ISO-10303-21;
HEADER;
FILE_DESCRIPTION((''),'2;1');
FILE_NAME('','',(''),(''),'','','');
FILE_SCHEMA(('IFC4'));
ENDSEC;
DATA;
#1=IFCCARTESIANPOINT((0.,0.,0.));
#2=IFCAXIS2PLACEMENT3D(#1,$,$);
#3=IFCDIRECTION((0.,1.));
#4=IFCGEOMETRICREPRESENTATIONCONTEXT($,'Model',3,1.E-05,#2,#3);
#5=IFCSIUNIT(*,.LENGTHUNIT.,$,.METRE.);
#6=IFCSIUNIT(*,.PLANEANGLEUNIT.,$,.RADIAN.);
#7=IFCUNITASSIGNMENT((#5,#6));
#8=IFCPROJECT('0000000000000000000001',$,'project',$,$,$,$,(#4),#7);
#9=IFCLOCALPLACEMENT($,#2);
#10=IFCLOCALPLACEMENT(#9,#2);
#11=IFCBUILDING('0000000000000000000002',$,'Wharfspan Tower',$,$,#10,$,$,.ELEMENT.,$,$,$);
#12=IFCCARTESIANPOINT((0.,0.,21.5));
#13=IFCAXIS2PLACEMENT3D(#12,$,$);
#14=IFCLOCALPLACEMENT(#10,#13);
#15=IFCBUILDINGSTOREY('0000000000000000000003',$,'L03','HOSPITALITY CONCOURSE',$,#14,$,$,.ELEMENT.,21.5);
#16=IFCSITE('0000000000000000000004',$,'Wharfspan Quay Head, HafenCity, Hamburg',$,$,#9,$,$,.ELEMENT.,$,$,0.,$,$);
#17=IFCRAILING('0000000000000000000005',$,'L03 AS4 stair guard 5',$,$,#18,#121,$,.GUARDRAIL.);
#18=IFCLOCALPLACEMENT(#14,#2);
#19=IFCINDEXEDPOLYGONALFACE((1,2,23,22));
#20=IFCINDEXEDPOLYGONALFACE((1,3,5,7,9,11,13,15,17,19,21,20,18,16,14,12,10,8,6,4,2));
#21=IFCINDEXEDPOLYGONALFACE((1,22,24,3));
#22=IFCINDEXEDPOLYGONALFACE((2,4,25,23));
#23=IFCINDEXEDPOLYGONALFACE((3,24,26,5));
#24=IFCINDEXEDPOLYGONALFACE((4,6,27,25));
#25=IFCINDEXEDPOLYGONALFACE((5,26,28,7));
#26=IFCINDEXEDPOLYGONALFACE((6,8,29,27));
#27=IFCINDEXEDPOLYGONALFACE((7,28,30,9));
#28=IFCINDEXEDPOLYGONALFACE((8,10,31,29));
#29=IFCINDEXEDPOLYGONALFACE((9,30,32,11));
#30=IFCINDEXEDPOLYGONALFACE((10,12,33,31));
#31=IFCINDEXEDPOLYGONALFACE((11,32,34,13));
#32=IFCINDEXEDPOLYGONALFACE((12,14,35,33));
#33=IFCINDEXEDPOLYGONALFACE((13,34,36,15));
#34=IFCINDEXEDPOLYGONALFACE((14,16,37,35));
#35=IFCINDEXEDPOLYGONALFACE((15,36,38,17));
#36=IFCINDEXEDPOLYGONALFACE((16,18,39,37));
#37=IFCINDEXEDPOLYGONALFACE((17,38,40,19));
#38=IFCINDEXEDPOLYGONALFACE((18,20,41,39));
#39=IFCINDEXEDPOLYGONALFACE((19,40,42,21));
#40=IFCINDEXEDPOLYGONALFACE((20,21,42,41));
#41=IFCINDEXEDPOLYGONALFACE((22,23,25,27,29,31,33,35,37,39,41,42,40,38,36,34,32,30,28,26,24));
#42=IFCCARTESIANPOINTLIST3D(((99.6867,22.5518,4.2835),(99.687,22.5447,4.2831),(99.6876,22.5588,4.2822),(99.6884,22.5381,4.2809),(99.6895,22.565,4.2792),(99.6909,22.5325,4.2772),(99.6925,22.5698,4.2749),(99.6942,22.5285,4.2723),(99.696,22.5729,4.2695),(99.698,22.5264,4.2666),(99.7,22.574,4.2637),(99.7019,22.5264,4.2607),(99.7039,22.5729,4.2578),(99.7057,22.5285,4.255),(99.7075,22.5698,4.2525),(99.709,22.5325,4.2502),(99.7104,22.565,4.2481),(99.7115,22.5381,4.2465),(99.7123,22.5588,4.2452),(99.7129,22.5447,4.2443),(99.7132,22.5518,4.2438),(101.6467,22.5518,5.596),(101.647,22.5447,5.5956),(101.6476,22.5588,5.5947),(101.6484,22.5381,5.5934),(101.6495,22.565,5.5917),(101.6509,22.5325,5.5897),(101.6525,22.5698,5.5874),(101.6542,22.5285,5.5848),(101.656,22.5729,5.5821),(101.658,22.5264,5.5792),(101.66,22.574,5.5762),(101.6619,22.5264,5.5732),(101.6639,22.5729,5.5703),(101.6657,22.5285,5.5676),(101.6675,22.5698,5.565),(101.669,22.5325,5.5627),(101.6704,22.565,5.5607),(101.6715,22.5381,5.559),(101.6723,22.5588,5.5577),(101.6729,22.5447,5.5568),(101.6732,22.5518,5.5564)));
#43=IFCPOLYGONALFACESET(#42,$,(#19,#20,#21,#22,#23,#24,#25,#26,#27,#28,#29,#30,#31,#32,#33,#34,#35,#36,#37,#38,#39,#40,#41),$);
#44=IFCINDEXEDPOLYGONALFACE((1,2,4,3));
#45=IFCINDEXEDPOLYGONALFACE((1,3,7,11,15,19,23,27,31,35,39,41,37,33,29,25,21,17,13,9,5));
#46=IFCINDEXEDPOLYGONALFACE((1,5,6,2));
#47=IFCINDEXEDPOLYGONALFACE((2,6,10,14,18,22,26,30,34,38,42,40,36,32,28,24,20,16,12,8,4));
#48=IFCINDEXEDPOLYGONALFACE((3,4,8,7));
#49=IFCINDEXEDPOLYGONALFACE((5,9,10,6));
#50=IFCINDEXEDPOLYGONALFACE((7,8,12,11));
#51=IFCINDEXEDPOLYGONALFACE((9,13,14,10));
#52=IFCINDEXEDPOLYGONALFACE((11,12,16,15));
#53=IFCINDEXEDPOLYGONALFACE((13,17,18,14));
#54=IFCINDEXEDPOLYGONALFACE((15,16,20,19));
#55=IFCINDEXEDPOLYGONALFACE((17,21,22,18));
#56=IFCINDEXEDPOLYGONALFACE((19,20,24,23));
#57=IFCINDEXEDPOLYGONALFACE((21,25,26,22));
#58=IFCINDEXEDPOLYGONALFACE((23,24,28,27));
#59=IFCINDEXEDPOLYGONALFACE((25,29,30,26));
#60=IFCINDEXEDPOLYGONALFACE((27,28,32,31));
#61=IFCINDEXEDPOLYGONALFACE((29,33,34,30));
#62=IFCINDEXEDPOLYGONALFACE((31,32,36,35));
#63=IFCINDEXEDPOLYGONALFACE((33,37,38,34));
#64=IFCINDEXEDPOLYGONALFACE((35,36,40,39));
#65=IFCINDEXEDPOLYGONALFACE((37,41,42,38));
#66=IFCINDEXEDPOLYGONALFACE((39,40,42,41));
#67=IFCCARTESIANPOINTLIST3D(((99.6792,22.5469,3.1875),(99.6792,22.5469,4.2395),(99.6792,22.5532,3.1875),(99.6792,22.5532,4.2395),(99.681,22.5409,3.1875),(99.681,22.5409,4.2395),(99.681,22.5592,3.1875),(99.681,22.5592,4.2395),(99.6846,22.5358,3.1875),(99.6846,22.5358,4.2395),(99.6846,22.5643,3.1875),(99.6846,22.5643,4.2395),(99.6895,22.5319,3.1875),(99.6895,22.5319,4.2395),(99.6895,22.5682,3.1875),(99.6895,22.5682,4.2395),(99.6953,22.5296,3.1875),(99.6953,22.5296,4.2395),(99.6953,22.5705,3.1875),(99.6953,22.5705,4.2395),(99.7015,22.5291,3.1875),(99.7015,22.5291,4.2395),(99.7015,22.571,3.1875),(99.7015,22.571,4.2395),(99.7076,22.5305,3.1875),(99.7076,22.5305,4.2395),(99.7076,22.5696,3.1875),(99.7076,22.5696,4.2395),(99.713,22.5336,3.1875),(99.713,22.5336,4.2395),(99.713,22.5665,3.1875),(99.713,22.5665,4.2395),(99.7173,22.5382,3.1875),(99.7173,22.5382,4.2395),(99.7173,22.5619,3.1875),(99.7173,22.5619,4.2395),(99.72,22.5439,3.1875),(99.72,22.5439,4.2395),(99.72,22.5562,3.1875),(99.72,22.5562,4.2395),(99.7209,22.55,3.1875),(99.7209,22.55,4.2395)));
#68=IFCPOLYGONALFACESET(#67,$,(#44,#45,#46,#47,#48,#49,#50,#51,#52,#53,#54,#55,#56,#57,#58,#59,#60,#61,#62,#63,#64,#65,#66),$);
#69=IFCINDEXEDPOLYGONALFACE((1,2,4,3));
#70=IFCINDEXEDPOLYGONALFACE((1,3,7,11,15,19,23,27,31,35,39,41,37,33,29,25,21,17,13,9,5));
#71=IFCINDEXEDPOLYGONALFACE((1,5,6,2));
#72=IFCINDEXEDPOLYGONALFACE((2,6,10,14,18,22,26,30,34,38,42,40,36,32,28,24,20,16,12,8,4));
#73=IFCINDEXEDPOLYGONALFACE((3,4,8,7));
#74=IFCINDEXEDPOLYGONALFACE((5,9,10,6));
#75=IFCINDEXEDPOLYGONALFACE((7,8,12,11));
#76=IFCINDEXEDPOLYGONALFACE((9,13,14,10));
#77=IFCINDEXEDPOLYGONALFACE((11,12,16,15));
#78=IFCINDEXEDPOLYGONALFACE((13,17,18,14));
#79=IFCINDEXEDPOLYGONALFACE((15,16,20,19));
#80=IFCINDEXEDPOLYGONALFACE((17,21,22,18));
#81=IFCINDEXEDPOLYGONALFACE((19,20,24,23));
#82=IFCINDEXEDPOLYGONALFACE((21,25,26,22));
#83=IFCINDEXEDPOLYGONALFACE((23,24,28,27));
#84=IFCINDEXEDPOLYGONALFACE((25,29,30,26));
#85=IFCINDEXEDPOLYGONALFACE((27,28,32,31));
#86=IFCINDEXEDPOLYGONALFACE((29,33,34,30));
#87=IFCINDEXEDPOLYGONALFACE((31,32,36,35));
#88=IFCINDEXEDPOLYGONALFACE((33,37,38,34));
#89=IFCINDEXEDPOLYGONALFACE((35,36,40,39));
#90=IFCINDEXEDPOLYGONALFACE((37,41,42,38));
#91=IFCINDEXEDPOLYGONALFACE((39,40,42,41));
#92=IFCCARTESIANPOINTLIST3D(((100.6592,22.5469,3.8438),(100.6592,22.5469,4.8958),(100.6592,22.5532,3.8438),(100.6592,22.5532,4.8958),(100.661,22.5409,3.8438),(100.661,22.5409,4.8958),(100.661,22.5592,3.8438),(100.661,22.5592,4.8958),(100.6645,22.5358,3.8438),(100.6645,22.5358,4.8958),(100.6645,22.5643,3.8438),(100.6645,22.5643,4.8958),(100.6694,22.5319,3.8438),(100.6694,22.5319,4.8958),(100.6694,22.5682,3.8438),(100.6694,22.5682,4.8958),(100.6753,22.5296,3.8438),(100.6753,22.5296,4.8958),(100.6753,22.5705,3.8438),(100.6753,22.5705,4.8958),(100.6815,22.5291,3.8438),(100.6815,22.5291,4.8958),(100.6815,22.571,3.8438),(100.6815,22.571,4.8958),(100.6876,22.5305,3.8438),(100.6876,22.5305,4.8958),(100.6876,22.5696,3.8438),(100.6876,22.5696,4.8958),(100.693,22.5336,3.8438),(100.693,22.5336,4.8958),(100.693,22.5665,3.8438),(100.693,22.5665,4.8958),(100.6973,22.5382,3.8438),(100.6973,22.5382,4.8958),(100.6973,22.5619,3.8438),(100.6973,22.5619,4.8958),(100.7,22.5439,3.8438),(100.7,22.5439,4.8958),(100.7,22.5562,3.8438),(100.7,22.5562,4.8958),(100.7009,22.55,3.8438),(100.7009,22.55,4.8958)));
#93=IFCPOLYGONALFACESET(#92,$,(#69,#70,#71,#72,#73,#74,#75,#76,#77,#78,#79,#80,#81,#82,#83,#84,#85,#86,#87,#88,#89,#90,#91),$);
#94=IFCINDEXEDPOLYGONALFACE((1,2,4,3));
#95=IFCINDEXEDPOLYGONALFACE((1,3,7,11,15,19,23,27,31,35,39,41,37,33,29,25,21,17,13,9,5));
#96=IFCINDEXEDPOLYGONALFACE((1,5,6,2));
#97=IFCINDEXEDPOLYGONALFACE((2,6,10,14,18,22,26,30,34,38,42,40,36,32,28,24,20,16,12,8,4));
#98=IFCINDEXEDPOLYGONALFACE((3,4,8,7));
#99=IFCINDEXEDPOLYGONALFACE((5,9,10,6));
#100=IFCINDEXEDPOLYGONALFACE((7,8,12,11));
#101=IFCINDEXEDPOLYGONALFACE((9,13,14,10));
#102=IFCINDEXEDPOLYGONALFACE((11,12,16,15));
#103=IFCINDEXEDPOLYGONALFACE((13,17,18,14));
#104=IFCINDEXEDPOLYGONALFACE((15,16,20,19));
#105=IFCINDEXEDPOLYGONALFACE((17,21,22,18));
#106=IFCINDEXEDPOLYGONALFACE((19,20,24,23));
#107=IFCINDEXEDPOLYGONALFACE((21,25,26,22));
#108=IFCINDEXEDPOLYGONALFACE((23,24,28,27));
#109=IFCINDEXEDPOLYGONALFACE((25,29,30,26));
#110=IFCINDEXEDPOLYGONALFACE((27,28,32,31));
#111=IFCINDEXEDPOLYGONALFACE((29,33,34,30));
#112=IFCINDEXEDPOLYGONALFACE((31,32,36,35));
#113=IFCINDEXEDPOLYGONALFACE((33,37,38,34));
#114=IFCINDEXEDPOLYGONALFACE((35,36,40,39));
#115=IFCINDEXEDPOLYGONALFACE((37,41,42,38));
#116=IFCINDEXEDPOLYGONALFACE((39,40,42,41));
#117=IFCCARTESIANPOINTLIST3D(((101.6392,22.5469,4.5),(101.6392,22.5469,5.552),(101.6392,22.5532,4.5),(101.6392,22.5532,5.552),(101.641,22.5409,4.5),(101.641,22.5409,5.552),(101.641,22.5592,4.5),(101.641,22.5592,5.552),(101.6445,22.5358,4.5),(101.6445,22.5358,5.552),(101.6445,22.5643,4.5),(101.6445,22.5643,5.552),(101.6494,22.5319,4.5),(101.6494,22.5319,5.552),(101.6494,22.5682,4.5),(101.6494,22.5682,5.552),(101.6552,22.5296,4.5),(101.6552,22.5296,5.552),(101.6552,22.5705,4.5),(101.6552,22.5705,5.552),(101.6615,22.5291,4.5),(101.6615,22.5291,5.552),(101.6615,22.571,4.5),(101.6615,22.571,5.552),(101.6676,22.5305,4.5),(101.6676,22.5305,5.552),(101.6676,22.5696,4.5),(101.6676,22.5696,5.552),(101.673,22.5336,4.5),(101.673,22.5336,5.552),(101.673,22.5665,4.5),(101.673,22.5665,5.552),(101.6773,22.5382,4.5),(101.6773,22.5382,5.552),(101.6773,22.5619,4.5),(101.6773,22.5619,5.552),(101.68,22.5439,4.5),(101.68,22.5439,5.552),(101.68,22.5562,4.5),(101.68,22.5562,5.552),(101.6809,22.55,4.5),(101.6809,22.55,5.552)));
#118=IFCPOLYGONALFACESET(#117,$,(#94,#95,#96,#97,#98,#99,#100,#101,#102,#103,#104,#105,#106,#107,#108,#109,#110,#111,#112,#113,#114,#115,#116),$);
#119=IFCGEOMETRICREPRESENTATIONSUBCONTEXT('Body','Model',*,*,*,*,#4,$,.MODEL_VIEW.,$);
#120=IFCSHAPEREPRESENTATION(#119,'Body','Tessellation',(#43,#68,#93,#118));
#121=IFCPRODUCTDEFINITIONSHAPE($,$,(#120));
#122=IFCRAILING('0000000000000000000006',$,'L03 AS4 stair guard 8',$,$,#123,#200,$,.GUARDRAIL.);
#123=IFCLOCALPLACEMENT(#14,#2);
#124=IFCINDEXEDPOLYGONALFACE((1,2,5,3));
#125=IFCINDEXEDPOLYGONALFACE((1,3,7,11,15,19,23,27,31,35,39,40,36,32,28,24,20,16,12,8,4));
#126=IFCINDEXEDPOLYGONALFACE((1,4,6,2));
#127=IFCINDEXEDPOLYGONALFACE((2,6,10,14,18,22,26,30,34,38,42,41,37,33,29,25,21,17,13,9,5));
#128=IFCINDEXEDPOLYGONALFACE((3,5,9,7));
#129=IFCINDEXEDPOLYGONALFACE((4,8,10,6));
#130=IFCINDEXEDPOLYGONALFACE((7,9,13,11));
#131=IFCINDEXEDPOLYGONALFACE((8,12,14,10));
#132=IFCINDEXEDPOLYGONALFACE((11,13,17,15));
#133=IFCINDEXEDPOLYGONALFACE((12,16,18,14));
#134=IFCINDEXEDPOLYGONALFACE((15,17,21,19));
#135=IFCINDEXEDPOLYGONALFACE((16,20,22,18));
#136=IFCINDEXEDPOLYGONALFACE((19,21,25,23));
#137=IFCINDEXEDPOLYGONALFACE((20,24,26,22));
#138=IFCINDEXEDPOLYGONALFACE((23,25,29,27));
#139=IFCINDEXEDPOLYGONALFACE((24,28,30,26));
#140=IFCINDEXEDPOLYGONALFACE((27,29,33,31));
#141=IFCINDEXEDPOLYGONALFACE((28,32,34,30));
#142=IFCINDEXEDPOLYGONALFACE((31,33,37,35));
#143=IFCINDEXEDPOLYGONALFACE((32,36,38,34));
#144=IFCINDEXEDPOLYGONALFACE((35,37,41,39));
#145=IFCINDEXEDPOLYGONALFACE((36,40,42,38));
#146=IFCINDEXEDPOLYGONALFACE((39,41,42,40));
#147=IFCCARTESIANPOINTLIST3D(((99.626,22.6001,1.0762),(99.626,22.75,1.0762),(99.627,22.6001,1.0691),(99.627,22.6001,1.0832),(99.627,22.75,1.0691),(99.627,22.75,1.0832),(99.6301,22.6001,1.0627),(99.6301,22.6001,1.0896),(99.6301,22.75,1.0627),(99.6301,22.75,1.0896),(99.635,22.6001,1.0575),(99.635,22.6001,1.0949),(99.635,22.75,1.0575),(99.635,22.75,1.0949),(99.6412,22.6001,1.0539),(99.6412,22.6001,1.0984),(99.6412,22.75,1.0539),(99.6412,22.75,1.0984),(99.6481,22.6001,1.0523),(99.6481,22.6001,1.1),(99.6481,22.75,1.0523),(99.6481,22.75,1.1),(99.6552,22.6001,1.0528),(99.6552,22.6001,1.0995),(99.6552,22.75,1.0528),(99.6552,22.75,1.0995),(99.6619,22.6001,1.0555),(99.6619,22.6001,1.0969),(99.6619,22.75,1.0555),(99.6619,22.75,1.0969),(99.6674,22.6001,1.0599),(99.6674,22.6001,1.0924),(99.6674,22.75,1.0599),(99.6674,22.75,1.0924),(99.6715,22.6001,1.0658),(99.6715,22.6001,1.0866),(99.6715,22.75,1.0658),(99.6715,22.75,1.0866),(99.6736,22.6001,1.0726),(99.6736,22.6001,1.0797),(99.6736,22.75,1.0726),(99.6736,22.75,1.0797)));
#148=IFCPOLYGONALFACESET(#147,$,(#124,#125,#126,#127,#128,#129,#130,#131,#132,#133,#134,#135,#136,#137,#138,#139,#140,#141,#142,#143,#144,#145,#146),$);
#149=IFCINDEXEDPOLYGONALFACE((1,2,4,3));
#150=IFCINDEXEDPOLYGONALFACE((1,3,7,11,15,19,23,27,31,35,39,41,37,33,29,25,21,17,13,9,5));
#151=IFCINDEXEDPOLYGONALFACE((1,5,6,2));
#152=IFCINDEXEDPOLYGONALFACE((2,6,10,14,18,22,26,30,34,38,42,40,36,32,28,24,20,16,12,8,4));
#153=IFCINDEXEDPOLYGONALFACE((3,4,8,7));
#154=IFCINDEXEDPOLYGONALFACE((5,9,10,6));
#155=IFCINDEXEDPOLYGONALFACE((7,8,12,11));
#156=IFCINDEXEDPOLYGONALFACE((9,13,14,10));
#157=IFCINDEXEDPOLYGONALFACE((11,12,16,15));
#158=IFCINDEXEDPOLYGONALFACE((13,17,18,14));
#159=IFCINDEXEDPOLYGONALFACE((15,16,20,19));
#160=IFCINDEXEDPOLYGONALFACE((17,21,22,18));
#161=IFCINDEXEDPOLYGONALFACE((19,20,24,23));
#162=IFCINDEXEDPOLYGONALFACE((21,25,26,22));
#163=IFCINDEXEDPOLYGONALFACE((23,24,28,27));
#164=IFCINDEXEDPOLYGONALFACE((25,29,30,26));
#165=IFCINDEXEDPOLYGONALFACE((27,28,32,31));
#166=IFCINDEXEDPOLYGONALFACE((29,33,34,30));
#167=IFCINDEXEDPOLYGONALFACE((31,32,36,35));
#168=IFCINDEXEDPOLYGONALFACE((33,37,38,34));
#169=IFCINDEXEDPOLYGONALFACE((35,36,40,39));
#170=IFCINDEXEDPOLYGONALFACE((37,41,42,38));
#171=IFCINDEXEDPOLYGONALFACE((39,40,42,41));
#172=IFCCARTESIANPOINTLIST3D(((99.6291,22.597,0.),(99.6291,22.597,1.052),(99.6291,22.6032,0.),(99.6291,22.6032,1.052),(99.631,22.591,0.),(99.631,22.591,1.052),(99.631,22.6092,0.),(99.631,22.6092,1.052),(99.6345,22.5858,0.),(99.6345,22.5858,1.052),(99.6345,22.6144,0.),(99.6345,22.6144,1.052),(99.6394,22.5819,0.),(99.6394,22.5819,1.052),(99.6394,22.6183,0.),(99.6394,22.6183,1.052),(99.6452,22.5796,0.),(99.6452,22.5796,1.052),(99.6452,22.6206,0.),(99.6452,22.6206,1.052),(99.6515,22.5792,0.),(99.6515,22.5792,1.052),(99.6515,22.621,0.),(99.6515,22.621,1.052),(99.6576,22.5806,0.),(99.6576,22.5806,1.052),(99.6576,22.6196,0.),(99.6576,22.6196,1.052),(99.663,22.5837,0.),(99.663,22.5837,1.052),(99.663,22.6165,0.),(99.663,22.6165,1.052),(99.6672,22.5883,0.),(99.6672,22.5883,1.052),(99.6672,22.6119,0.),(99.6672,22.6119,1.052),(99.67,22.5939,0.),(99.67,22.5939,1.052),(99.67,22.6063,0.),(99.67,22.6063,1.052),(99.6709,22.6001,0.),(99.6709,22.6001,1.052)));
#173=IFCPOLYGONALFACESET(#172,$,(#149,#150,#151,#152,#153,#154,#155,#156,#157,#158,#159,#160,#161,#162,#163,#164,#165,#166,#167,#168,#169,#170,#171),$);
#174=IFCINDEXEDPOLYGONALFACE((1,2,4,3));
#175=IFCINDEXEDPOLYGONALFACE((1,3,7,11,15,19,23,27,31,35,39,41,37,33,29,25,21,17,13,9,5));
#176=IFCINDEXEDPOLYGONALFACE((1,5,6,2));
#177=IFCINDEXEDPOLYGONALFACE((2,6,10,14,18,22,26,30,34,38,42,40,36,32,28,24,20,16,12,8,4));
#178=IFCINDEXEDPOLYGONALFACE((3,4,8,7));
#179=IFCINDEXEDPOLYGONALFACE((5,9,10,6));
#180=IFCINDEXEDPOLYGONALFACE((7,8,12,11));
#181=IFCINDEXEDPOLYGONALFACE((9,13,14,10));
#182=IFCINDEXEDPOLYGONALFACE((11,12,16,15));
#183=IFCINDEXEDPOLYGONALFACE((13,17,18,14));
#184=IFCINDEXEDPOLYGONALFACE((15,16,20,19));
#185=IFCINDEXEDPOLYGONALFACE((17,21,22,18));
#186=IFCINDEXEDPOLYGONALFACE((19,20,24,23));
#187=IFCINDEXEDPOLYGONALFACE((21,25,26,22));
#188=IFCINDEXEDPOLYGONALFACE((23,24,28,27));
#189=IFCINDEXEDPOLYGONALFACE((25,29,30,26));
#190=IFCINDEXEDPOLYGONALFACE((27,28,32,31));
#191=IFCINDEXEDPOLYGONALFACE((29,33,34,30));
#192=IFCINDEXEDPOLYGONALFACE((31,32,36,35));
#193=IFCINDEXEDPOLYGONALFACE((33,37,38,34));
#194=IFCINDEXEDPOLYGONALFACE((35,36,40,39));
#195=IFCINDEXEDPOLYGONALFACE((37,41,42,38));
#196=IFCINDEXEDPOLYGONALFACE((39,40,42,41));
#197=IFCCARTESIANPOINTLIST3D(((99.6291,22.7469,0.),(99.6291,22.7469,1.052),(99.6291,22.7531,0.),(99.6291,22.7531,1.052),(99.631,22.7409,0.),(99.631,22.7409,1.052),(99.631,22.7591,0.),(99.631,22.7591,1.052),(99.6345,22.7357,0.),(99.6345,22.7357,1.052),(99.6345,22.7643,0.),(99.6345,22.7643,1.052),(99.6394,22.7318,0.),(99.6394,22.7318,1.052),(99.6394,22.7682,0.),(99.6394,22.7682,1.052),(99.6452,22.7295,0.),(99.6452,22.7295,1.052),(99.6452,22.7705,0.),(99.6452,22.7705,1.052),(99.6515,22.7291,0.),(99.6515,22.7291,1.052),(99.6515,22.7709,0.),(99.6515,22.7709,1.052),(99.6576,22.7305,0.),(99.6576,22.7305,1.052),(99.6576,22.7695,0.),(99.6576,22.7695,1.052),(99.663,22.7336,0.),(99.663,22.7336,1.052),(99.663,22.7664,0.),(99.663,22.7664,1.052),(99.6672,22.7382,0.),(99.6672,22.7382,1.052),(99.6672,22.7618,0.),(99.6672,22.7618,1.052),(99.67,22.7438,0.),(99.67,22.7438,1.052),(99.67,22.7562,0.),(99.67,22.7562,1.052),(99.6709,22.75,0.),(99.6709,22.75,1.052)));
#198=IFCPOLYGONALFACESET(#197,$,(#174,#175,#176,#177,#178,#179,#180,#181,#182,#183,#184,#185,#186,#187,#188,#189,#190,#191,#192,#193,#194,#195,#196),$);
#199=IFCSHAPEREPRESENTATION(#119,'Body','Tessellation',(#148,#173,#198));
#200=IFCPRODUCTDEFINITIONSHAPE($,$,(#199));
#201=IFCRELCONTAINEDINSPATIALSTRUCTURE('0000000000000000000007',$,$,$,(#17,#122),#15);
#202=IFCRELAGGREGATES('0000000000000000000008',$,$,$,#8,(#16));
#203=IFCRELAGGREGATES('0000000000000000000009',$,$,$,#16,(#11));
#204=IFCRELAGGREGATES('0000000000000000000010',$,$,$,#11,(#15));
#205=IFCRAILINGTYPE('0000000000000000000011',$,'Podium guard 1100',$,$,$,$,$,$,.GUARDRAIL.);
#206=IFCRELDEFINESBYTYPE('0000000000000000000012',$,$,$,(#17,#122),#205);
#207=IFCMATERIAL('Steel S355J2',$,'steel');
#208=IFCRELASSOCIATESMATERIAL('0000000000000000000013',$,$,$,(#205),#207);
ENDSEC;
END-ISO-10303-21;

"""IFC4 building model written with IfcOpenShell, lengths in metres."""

from ifc_helpers import new_model, si_unit, direction, frame, origin, origin_2d, place, context, subcontext, project, spatial, circle, extrude, material, type_object, element, save


model = new_model("IFC4")

# Units and contexts
model_context = context("Model", 3, precision=1e-05, world=origin(), true_north=direction((0.0, 1.0)))
body_context = subcontext(model_context, "Body", "Model", "MODEL_VIEW")
ifc_project = project(units=[si_unit("LENGTHUNIT", "METRE"), si_unit("PLANEANGLEUNIT", "RADIAN")], contexts=[model_context])

# Site, building, storey
site_placement = place(None, origin())
site = spatial("IfcSite", under=ifc_project, at=site_placement, Name="Wharfspan Quay Head, HafenCity, Hamburg", CompositionType="ELEMENT", RefElevation=0.0)
building_placement = place(site_placement, origin())
building = spatial("IfcBuilding", under=site, at=building_placement, Name="Wharfspan Tower", CompositionType="ELEMENT")
storey_placement = place(building_placement, frame((0.0, 0.0, 21.5)))
storey = spatial("IfcBuildingStorey", under=building, at=storey_placement, Name="L03", Description="HOSPITALITY CONCOURSE", CompositionType="ELEMENT", Elevation=21.5)

# Railings
ifc_material_1 = material(Name="Steel S355J2", Category="steel")
railing_type_1 = type_object("IfcRailingType", Name="Podium guard 1100", PredefinedType="GUARDRAIL", material=ifc_material_1)
railing_1_placement = place(storey_placement, frame((99.7, 22.55, 3.1875)))
element("IfcRailing", 1, at=railing_1_placement, inside=storey, type_object=railing_type_1, Name="L03 AS4 stair guard 5", PredefinedType="GUARDRAIL", context=body_context, shape_type="SweptSolid", body=[
    extrude(circle(Radius=0.0239, at=origin_2d()), frame((0.0, 0.0, 1.0762), z_axis=(0.830902, 0.0, 0.556419), x_axis=(0.0, 1.0, 0.0)), (0.0, 0.0, 1.0), 2.3589),
    extrude(circle(Radius=0.021, at=origin_2d()), origin(), (0.0, 0.0, 1.0), 1.052),
    extrude(circle(Radius=0.021, at=origin_2d()), frame((0.98, 0.0, 0.6562)), (0.0, 0.0, 1.0), 1.052),
    extrude(circle(Radius=0.021, at=origin_2d()), frame((1.96, 0.0, 1.3125)), (0.0, 0.0, 1.0), 1.052),
])
railing_2_placement = place(storey_placement, frame((99.6499, 22.6001, 0.0)))
element("IfcRailing", 2, at=railing_2_placement, inside=storey, type_object=railing_type_1, Name="L03 AS4 stair guard 8", PredefinedType="GUARDRAIL", context=body_context, shape_type="SweptSolid", body=[
    extrude(circle(Radius=0.0239, at=origin_2d()), frame((0.0, 0.0, 1.0762), z_axis=(0.0, 1.0, 0.0), x_axis=(-1.0, 0.0, 0.0)), (0.0, 0.0, 1.0), 0.1499),
    extrude(circle(Radius=0.021, at=origin_2d()), origin(), (0.0, 0.0, 1.0), 1.052),
    extrude(circle(Radius=0.021, at=origin_2d()), frame((0.0, 0.1499, 0.0)), (0.0, 0.0, 1.0), 1.052),
])

save(model, "model.ifc")
